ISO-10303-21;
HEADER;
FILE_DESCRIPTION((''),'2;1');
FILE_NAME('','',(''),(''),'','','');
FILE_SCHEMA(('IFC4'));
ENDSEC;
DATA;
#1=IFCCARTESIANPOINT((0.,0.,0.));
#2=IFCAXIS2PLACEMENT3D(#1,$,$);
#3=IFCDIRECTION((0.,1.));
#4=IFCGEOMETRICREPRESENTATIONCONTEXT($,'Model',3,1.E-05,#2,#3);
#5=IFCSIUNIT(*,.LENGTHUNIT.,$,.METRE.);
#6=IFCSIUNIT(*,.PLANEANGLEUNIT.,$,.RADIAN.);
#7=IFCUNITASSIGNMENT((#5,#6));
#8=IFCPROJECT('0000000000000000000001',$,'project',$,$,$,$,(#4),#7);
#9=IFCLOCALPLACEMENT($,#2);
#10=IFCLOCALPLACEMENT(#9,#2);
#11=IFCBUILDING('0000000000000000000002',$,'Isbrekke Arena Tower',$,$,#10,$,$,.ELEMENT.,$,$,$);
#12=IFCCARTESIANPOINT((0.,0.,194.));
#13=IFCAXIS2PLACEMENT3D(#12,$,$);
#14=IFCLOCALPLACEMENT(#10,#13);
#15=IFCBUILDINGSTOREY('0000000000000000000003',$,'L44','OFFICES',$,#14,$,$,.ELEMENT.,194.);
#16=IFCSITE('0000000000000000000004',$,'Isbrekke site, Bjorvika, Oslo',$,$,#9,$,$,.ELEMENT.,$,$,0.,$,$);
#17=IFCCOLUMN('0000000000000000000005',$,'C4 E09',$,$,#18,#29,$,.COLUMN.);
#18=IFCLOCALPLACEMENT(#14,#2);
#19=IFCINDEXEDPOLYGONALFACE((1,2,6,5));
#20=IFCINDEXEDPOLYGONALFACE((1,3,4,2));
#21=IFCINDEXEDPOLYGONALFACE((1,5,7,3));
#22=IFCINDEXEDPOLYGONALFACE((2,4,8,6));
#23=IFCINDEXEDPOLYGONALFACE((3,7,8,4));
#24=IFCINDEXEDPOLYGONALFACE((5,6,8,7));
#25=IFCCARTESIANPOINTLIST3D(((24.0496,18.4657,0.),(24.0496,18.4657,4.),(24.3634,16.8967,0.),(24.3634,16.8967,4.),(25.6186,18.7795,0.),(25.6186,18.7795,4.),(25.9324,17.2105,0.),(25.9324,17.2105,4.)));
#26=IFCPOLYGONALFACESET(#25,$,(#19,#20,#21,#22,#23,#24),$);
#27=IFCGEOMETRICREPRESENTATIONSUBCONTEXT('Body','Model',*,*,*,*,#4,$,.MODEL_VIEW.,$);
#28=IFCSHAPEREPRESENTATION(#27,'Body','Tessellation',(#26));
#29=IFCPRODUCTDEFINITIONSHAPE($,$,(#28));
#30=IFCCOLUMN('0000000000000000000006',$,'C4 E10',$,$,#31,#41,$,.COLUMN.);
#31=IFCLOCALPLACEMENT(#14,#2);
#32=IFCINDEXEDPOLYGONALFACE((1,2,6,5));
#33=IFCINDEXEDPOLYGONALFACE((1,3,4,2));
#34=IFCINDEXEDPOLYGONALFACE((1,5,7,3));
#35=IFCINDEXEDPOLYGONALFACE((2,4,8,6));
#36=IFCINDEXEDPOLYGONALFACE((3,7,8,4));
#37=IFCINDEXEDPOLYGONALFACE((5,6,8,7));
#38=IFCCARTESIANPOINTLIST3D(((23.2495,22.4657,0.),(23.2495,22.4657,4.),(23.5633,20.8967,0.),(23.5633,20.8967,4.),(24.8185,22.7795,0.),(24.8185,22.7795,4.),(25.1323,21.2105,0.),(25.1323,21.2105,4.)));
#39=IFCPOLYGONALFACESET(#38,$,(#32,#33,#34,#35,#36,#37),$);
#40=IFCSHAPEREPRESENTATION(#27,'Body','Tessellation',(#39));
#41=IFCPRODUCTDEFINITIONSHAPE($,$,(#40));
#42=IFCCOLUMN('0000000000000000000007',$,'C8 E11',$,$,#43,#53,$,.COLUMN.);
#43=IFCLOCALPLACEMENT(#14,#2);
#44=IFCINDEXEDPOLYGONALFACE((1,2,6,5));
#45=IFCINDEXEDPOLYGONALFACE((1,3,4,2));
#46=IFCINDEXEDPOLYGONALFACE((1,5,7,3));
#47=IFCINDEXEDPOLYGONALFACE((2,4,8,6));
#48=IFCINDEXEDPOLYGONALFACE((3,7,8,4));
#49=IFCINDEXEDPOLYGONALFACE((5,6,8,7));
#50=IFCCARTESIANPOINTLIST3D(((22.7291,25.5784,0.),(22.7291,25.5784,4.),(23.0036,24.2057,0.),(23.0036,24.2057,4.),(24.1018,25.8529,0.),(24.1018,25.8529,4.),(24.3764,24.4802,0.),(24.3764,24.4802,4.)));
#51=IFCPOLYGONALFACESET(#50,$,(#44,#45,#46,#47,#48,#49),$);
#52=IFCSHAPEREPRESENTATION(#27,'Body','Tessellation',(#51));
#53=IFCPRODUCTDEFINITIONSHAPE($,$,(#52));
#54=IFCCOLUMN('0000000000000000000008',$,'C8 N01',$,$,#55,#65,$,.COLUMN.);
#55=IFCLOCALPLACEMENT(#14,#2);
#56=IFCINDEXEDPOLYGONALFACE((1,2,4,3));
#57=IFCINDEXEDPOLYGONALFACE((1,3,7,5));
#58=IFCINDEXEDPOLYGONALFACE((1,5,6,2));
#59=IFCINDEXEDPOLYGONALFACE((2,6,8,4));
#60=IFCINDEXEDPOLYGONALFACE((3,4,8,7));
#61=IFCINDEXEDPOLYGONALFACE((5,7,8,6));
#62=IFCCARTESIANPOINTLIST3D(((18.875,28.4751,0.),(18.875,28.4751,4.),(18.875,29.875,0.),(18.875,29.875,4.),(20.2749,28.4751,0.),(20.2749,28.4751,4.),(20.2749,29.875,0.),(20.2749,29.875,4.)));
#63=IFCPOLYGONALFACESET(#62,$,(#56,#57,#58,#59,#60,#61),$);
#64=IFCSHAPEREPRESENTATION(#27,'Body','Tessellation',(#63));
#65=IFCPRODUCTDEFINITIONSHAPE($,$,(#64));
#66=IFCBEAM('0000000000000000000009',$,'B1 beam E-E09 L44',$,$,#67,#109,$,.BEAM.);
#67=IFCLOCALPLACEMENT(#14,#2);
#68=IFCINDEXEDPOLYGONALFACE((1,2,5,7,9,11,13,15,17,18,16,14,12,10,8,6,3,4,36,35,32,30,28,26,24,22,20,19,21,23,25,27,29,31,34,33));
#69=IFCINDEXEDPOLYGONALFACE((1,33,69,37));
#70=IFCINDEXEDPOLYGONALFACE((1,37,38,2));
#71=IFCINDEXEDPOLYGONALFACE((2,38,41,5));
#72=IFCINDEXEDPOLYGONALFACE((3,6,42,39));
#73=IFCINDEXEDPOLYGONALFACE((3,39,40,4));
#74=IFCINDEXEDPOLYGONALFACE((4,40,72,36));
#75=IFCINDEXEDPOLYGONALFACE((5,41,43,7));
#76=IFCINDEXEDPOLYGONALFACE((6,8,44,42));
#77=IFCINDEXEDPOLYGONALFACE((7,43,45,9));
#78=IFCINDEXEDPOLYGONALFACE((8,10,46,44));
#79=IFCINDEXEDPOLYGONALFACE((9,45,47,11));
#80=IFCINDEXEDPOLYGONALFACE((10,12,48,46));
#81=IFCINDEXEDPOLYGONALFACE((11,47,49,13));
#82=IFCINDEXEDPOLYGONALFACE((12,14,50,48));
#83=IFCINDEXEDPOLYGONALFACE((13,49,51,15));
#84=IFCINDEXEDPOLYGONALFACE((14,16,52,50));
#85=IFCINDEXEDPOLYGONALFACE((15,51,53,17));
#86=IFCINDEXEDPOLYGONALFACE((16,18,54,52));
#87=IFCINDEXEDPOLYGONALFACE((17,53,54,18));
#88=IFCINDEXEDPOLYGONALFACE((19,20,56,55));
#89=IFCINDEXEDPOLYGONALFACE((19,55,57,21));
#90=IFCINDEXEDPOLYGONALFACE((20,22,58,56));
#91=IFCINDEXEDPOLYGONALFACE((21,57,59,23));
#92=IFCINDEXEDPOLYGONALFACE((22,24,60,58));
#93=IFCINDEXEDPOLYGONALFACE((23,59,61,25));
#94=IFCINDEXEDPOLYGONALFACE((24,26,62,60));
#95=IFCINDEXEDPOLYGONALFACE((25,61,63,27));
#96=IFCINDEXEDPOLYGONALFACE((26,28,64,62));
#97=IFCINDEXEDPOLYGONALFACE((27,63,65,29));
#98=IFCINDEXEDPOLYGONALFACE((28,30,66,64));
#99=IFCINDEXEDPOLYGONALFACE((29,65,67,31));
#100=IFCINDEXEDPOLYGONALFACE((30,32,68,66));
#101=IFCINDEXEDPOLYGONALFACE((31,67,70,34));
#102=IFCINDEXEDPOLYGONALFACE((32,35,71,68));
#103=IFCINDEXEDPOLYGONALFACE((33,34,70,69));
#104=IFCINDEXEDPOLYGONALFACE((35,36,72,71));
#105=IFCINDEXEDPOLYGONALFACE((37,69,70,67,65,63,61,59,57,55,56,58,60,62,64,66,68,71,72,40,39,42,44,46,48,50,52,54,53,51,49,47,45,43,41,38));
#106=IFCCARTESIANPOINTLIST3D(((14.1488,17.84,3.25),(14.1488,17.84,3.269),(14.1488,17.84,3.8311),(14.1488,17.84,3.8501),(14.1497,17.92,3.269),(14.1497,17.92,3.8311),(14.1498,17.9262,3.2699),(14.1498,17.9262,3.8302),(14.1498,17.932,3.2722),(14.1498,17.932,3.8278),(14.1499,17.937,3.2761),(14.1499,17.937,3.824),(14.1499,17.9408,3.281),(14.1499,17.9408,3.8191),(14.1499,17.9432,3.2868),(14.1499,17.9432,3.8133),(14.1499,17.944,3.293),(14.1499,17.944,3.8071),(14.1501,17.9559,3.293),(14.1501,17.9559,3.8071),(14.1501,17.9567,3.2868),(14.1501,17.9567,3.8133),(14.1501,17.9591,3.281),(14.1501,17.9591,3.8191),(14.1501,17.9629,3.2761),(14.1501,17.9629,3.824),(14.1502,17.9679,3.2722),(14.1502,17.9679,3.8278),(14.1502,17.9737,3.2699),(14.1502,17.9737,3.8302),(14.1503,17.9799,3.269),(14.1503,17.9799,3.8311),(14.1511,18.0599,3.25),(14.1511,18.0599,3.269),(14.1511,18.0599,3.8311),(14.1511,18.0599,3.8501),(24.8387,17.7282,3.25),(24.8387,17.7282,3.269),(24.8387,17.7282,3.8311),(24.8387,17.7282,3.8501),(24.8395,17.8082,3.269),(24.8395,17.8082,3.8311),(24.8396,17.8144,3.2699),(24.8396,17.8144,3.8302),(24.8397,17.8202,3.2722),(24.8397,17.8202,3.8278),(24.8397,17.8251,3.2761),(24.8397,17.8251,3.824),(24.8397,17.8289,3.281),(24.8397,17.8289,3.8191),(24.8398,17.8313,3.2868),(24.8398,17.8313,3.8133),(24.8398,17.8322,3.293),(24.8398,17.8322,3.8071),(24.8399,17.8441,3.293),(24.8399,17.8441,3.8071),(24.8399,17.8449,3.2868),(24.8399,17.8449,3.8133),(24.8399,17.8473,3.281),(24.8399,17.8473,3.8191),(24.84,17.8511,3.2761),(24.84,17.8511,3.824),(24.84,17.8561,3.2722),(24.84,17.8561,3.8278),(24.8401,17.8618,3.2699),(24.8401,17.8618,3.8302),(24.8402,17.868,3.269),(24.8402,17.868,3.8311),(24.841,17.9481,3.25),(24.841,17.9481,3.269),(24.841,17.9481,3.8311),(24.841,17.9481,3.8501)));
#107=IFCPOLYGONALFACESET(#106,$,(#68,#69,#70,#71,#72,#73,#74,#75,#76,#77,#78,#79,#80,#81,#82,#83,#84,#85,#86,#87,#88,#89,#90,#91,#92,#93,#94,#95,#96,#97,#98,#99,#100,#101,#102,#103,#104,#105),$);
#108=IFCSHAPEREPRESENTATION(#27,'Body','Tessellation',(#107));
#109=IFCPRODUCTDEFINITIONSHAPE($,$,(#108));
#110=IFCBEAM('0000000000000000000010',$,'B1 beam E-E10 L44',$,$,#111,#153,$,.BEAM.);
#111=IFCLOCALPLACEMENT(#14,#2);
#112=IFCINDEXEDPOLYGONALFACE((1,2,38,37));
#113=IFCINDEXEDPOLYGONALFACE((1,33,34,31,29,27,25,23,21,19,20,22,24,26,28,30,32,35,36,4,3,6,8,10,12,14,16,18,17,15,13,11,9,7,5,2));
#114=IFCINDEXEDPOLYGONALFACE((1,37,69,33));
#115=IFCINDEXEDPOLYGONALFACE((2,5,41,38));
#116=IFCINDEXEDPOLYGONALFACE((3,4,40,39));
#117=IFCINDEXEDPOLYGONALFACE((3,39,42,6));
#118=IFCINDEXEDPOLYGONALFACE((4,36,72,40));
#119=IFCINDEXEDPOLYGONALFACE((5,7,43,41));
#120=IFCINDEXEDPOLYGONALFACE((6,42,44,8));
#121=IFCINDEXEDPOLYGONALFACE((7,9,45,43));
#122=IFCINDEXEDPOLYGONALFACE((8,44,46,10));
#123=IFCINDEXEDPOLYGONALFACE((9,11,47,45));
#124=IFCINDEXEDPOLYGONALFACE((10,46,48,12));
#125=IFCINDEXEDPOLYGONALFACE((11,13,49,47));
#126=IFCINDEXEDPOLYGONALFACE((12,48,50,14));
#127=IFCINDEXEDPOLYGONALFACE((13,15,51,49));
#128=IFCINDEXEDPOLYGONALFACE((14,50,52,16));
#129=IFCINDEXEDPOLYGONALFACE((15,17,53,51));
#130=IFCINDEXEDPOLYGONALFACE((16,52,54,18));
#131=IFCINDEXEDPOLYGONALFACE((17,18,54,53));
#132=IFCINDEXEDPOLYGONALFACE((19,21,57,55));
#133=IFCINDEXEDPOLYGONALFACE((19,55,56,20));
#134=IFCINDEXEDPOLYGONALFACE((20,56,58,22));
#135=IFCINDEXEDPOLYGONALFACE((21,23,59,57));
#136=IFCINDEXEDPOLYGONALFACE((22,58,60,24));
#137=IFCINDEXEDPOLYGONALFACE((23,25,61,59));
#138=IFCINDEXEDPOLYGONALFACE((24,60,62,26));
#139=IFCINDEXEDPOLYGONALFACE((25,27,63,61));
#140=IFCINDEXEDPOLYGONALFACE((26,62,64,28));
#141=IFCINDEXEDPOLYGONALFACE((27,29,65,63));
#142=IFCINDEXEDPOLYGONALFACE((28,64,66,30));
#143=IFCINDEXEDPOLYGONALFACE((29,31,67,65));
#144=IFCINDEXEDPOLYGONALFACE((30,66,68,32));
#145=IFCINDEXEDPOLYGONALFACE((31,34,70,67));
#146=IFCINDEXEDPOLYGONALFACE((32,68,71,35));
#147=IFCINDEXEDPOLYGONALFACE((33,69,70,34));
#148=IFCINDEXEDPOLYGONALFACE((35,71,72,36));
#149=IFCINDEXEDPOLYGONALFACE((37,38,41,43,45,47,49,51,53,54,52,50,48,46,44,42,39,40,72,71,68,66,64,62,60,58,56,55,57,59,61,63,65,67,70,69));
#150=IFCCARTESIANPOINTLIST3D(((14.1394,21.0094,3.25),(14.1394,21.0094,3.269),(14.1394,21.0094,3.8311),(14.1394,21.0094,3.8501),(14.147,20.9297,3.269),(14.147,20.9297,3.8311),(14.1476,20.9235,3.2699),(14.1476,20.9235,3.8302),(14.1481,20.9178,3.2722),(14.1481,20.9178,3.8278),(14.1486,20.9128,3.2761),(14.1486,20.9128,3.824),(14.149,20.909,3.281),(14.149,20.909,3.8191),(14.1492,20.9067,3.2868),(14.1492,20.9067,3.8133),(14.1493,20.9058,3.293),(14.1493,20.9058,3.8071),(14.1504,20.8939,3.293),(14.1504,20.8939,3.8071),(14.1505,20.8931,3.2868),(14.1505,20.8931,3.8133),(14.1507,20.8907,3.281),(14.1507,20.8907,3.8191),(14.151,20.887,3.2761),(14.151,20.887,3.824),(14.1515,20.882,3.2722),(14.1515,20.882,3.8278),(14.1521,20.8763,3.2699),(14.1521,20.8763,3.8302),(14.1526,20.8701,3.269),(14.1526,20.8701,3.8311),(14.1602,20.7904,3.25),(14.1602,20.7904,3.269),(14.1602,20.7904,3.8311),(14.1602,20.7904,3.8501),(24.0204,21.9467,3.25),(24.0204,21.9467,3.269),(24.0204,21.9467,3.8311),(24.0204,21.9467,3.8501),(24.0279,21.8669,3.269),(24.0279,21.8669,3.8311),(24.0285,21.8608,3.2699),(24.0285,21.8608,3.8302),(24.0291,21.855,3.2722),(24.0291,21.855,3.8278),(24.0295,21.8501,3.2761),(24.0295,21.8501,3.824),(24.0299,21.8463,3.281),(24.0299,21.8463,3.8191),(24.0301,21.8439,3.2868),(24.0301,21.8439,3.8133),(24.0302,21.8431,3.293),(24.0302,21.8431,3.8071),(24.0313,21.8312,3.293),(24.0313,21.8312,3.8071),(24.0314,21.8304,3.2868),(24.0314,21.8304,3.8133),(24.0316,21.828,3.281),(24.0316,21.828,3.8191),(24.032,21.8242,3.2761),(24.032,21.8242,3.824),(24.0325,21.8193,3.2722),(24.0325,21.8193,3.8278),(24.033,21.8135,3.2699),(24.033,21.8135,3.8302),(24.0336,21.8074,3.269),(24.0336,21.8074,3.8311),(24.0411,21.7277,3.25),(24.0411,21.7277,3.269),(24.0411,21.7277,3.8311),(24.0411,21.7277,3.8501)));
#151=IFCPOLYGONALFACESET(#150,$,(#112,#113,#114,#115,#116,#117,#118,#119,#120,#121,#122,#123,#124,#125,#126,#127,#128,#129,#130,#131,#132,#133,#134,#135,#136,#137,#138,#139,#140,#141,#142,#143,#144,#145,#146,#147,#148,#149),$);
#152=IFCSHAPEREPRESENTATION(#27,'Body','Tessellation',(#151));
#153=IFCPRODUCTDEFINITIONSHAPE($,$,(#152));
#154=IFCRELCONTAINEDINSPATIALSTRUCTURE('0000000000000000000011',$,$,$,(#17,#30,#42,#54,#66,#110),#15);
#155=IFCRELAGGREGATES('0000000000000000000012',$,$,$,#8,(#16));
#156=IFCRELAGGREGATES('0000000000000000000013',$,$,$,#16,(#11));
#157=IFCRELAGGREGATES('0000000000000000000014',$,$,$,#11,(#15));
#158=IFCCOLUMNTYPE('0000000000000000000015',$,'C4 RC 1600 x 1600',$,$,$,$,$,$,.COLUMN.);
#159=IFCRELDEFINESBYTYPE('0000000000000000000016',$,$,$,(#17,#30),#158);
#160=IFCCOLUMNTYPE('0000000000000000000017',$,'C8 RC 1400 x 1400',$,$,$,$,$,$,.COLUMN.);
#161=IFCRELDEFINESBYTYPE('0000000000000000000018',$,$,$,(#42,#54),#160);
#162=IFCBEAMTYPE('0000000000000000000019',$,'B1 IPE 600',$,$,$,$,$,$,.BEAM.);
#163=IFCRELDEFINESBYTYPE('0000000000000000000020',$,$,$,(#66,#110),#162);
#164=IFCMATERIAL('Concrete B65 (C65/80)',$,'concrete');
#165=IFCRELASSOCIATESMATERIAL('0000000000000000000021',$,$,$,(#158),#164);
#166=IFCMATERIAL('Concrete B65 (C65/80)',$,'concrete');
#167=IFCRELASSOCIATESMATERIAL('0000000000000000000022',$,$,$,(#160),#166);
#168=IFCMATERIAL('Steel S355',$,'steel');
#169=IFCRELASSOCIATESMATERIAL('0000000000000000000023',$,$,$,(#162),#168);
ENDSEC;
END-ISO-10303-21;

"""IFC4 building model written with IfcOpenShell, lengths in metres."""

from ifc_helpers import new_model, si_unit, direction, frame, origin, origin_2d, place, context, subcontext, project, spatial, rectangle, i_section, extrude, material, material_profile, profile_set, type_object, element, save


model = new_model("IFC4")

# Units and contexts
model_context = context("Model", 3, precision=1e-05, world=origin(), true_north=direction((0.0, 1.0)))
body_context = subcontext(model_context, "Body", "Model", "MODEL_VIEW")
ifc_project = project(units=[si_unit("LENGTHUNIT", "METRE"), si_unit("PLANEANGLEUNIT", "RADIAN")], contexts=[model_context])

# Site, building, storey
site_placement = place(None, origin())
site = spatial("IfcSite", under=ifc_project, at=site_placement, Name="Isbrekke site, Bjorvika, Oslo", CompositionType="ELEMENT", RefElevation=0.0)
building_placement = place(site_placement, origin())
building = spatial("IfcBuilding", under=site, at=building_placement, Name="Isbrekke Arena Tower", CompositionType="ELEMENT")
storey_placement = place(building_placement, frame((0.0, 0.0, 194.0)))
storey = spatial("IfcBuildingStorey", under=building, at=storey_placement, Name="L44", Description="OFFICES", CompositionType="ELEMENT", Elevation=194.0)

# Columns
ifc_material_1 = material(Name="Concrete B65 (C65/80)", Category="concrete")
ifc_material_profile_1 = material_profile(ifc_material_1, rectangle(XDim=1.6001, YDim=1.6001, at=origin_2d()), Name="RC 1600x1600")
ifc_profile_set_1 = profile_set([ifc_material_profile_1], Name="Concrete B65 (C65/80)")
column_type_1 = type_object("IfcColumnType", Name="C4 RC 1600 x 1600", PredefinedType="COLUMN", material=ifc_profile_set_1)
for number, where, z_axis, x_axis, name in (
    (1, (24.991, 17.8381, 0.0), (0.0, 0.0, 1.0), (-0.196116, 0.980581, 0.0), "C4 E09"),
    (2, (24.1909, 21.8381, 0.0), (0.0, 0.0, 1.0), (-0.196116, 0.980581, 0.0), "C4 E10"),
):
    element("IfcColumn", number, at=place(storey_placement, frame(where, z_axis=z_axis, x_axis=x_axis)), inside=storey, type_object=column_type_1, Name=name, PredefinedType="COLUMN", context=body_context, shape_type="SweptSolid", body=[
        extrude(rectangle(XDim=1.6001, YDim=1.6001, at=origin_2d()), origin(), (0.0, 0.0, 1.0), 4.0),
    ])
ifc_material_2 = material(Name="Concrete B65 (C65/80)", Category="concrete")
ifc_material_profile_2 = material_profile(ifc_material_2, rectangle(XDim=1.3999, YDim=1.3999, at=origin_2d()), Name="RC 1400x1400")
ifc_profile_set_2 = profile_set([ifc_material_profile_2], Name="Concrete B65 (C65/80)")
column_type_2 = type_object("IfcColumnType", Name="C8 RC 1400 x 1400", PredefinedType="COLUMN", material=ifc_profile_set_2)
for number, where, z_axis, x_axis, name in (
    (3, (23.5527, 25.0293, 0.0), (0.0, 0.0, 1.0), (-0.196116, 0.980581, 0.0), "C8 E11"),
    (4, (19.575, 29.175, 0.0), (0.0, 0.0, 1.0), (-1.0, 0.0, 0.0), "C8 N01"),
):
    element("IfcColumn", number, at=place(storey_placement, frame(where, z_axis=z_axis, x_axis=x_axis)), inside=storey, type_object=column_type_2, Name=name, PredefinedType="COLUMN", context=body_context, shape_type="SweptSolid", body=[
        extrude(rectangle(XDim=1.3999, YDim=1.3999, at=origin_2d()), origin(), (0.0, 0.0, 1.0), 4.0),
    ])

# Beams
ifc_material_3 = material(Name="Steel S355", Category="steel")
ifc_material_profile_3 = material_profile(ifc_material_3, i_section(OverallWidth=0.22, OverallDepth=0.6001, WebThickness=0.012, FlangeThickness=0.019, FilletRadius=0.0239, at=origin_2d()), Name="IPE 600")
ifc_profile_set_3 = profile_set([ifc_material_profile_3], Name="Steel S355")
beam_type_1 = type_object("IfcBeamType", Name="B1 IPE 600", PredefinedType="BEAM", material=ifc_profile_set_3)
beam_1_placement = place(storey_placement, frame((24.8398, 17.8381, 3.55), z_axis=(-0.999945, 0.010459, 0.0), x_axis=(-0.010459, -0.999945, 0.0)))
element("IfcBeam", 5, at=beam_1_placement, inside=storey, type_object=beam_type_1, Name="B1 beam E-E09 L44", PredefinedType="BEAM", context=body_context, shape_type="SweptSolid", body=[
    extrude(i_section(OverallWidth=0.22, OverallDepth=0.6001, WebThickness=0.012, FlangeThickness=0.019, FilletRadius=0.0239, at=origin_2d()), origin(), (0.0, 0.0, 1.0), 10.6904),
])
beam_2_placement = place(storey_placement, frame((24.0308, 21.8372, 3.55), z_axis=(-0.995531, -0.094432, 0.0), x_axis=(0.094432, -0.995531, 0.0)))
element("IfcBeam", 6, at=beam_2_placement, inside=storey, type_object=beam_type_1, Name="B1 beam E-E10 L44", PredefinedType="BEAM", context=body_context, shape_type="SweptSolid", body=[
    extrude(i_section(OverallWidth=0.22, OverallDepth=0.6001, WebThickness=0.012, FlangeThickness=0.019, FilletRadius=0.0239, at=origin_2d()), origin(), (0.0, 0.0, 1.0), 9.9253),
])

save(model, "model.ifc")
